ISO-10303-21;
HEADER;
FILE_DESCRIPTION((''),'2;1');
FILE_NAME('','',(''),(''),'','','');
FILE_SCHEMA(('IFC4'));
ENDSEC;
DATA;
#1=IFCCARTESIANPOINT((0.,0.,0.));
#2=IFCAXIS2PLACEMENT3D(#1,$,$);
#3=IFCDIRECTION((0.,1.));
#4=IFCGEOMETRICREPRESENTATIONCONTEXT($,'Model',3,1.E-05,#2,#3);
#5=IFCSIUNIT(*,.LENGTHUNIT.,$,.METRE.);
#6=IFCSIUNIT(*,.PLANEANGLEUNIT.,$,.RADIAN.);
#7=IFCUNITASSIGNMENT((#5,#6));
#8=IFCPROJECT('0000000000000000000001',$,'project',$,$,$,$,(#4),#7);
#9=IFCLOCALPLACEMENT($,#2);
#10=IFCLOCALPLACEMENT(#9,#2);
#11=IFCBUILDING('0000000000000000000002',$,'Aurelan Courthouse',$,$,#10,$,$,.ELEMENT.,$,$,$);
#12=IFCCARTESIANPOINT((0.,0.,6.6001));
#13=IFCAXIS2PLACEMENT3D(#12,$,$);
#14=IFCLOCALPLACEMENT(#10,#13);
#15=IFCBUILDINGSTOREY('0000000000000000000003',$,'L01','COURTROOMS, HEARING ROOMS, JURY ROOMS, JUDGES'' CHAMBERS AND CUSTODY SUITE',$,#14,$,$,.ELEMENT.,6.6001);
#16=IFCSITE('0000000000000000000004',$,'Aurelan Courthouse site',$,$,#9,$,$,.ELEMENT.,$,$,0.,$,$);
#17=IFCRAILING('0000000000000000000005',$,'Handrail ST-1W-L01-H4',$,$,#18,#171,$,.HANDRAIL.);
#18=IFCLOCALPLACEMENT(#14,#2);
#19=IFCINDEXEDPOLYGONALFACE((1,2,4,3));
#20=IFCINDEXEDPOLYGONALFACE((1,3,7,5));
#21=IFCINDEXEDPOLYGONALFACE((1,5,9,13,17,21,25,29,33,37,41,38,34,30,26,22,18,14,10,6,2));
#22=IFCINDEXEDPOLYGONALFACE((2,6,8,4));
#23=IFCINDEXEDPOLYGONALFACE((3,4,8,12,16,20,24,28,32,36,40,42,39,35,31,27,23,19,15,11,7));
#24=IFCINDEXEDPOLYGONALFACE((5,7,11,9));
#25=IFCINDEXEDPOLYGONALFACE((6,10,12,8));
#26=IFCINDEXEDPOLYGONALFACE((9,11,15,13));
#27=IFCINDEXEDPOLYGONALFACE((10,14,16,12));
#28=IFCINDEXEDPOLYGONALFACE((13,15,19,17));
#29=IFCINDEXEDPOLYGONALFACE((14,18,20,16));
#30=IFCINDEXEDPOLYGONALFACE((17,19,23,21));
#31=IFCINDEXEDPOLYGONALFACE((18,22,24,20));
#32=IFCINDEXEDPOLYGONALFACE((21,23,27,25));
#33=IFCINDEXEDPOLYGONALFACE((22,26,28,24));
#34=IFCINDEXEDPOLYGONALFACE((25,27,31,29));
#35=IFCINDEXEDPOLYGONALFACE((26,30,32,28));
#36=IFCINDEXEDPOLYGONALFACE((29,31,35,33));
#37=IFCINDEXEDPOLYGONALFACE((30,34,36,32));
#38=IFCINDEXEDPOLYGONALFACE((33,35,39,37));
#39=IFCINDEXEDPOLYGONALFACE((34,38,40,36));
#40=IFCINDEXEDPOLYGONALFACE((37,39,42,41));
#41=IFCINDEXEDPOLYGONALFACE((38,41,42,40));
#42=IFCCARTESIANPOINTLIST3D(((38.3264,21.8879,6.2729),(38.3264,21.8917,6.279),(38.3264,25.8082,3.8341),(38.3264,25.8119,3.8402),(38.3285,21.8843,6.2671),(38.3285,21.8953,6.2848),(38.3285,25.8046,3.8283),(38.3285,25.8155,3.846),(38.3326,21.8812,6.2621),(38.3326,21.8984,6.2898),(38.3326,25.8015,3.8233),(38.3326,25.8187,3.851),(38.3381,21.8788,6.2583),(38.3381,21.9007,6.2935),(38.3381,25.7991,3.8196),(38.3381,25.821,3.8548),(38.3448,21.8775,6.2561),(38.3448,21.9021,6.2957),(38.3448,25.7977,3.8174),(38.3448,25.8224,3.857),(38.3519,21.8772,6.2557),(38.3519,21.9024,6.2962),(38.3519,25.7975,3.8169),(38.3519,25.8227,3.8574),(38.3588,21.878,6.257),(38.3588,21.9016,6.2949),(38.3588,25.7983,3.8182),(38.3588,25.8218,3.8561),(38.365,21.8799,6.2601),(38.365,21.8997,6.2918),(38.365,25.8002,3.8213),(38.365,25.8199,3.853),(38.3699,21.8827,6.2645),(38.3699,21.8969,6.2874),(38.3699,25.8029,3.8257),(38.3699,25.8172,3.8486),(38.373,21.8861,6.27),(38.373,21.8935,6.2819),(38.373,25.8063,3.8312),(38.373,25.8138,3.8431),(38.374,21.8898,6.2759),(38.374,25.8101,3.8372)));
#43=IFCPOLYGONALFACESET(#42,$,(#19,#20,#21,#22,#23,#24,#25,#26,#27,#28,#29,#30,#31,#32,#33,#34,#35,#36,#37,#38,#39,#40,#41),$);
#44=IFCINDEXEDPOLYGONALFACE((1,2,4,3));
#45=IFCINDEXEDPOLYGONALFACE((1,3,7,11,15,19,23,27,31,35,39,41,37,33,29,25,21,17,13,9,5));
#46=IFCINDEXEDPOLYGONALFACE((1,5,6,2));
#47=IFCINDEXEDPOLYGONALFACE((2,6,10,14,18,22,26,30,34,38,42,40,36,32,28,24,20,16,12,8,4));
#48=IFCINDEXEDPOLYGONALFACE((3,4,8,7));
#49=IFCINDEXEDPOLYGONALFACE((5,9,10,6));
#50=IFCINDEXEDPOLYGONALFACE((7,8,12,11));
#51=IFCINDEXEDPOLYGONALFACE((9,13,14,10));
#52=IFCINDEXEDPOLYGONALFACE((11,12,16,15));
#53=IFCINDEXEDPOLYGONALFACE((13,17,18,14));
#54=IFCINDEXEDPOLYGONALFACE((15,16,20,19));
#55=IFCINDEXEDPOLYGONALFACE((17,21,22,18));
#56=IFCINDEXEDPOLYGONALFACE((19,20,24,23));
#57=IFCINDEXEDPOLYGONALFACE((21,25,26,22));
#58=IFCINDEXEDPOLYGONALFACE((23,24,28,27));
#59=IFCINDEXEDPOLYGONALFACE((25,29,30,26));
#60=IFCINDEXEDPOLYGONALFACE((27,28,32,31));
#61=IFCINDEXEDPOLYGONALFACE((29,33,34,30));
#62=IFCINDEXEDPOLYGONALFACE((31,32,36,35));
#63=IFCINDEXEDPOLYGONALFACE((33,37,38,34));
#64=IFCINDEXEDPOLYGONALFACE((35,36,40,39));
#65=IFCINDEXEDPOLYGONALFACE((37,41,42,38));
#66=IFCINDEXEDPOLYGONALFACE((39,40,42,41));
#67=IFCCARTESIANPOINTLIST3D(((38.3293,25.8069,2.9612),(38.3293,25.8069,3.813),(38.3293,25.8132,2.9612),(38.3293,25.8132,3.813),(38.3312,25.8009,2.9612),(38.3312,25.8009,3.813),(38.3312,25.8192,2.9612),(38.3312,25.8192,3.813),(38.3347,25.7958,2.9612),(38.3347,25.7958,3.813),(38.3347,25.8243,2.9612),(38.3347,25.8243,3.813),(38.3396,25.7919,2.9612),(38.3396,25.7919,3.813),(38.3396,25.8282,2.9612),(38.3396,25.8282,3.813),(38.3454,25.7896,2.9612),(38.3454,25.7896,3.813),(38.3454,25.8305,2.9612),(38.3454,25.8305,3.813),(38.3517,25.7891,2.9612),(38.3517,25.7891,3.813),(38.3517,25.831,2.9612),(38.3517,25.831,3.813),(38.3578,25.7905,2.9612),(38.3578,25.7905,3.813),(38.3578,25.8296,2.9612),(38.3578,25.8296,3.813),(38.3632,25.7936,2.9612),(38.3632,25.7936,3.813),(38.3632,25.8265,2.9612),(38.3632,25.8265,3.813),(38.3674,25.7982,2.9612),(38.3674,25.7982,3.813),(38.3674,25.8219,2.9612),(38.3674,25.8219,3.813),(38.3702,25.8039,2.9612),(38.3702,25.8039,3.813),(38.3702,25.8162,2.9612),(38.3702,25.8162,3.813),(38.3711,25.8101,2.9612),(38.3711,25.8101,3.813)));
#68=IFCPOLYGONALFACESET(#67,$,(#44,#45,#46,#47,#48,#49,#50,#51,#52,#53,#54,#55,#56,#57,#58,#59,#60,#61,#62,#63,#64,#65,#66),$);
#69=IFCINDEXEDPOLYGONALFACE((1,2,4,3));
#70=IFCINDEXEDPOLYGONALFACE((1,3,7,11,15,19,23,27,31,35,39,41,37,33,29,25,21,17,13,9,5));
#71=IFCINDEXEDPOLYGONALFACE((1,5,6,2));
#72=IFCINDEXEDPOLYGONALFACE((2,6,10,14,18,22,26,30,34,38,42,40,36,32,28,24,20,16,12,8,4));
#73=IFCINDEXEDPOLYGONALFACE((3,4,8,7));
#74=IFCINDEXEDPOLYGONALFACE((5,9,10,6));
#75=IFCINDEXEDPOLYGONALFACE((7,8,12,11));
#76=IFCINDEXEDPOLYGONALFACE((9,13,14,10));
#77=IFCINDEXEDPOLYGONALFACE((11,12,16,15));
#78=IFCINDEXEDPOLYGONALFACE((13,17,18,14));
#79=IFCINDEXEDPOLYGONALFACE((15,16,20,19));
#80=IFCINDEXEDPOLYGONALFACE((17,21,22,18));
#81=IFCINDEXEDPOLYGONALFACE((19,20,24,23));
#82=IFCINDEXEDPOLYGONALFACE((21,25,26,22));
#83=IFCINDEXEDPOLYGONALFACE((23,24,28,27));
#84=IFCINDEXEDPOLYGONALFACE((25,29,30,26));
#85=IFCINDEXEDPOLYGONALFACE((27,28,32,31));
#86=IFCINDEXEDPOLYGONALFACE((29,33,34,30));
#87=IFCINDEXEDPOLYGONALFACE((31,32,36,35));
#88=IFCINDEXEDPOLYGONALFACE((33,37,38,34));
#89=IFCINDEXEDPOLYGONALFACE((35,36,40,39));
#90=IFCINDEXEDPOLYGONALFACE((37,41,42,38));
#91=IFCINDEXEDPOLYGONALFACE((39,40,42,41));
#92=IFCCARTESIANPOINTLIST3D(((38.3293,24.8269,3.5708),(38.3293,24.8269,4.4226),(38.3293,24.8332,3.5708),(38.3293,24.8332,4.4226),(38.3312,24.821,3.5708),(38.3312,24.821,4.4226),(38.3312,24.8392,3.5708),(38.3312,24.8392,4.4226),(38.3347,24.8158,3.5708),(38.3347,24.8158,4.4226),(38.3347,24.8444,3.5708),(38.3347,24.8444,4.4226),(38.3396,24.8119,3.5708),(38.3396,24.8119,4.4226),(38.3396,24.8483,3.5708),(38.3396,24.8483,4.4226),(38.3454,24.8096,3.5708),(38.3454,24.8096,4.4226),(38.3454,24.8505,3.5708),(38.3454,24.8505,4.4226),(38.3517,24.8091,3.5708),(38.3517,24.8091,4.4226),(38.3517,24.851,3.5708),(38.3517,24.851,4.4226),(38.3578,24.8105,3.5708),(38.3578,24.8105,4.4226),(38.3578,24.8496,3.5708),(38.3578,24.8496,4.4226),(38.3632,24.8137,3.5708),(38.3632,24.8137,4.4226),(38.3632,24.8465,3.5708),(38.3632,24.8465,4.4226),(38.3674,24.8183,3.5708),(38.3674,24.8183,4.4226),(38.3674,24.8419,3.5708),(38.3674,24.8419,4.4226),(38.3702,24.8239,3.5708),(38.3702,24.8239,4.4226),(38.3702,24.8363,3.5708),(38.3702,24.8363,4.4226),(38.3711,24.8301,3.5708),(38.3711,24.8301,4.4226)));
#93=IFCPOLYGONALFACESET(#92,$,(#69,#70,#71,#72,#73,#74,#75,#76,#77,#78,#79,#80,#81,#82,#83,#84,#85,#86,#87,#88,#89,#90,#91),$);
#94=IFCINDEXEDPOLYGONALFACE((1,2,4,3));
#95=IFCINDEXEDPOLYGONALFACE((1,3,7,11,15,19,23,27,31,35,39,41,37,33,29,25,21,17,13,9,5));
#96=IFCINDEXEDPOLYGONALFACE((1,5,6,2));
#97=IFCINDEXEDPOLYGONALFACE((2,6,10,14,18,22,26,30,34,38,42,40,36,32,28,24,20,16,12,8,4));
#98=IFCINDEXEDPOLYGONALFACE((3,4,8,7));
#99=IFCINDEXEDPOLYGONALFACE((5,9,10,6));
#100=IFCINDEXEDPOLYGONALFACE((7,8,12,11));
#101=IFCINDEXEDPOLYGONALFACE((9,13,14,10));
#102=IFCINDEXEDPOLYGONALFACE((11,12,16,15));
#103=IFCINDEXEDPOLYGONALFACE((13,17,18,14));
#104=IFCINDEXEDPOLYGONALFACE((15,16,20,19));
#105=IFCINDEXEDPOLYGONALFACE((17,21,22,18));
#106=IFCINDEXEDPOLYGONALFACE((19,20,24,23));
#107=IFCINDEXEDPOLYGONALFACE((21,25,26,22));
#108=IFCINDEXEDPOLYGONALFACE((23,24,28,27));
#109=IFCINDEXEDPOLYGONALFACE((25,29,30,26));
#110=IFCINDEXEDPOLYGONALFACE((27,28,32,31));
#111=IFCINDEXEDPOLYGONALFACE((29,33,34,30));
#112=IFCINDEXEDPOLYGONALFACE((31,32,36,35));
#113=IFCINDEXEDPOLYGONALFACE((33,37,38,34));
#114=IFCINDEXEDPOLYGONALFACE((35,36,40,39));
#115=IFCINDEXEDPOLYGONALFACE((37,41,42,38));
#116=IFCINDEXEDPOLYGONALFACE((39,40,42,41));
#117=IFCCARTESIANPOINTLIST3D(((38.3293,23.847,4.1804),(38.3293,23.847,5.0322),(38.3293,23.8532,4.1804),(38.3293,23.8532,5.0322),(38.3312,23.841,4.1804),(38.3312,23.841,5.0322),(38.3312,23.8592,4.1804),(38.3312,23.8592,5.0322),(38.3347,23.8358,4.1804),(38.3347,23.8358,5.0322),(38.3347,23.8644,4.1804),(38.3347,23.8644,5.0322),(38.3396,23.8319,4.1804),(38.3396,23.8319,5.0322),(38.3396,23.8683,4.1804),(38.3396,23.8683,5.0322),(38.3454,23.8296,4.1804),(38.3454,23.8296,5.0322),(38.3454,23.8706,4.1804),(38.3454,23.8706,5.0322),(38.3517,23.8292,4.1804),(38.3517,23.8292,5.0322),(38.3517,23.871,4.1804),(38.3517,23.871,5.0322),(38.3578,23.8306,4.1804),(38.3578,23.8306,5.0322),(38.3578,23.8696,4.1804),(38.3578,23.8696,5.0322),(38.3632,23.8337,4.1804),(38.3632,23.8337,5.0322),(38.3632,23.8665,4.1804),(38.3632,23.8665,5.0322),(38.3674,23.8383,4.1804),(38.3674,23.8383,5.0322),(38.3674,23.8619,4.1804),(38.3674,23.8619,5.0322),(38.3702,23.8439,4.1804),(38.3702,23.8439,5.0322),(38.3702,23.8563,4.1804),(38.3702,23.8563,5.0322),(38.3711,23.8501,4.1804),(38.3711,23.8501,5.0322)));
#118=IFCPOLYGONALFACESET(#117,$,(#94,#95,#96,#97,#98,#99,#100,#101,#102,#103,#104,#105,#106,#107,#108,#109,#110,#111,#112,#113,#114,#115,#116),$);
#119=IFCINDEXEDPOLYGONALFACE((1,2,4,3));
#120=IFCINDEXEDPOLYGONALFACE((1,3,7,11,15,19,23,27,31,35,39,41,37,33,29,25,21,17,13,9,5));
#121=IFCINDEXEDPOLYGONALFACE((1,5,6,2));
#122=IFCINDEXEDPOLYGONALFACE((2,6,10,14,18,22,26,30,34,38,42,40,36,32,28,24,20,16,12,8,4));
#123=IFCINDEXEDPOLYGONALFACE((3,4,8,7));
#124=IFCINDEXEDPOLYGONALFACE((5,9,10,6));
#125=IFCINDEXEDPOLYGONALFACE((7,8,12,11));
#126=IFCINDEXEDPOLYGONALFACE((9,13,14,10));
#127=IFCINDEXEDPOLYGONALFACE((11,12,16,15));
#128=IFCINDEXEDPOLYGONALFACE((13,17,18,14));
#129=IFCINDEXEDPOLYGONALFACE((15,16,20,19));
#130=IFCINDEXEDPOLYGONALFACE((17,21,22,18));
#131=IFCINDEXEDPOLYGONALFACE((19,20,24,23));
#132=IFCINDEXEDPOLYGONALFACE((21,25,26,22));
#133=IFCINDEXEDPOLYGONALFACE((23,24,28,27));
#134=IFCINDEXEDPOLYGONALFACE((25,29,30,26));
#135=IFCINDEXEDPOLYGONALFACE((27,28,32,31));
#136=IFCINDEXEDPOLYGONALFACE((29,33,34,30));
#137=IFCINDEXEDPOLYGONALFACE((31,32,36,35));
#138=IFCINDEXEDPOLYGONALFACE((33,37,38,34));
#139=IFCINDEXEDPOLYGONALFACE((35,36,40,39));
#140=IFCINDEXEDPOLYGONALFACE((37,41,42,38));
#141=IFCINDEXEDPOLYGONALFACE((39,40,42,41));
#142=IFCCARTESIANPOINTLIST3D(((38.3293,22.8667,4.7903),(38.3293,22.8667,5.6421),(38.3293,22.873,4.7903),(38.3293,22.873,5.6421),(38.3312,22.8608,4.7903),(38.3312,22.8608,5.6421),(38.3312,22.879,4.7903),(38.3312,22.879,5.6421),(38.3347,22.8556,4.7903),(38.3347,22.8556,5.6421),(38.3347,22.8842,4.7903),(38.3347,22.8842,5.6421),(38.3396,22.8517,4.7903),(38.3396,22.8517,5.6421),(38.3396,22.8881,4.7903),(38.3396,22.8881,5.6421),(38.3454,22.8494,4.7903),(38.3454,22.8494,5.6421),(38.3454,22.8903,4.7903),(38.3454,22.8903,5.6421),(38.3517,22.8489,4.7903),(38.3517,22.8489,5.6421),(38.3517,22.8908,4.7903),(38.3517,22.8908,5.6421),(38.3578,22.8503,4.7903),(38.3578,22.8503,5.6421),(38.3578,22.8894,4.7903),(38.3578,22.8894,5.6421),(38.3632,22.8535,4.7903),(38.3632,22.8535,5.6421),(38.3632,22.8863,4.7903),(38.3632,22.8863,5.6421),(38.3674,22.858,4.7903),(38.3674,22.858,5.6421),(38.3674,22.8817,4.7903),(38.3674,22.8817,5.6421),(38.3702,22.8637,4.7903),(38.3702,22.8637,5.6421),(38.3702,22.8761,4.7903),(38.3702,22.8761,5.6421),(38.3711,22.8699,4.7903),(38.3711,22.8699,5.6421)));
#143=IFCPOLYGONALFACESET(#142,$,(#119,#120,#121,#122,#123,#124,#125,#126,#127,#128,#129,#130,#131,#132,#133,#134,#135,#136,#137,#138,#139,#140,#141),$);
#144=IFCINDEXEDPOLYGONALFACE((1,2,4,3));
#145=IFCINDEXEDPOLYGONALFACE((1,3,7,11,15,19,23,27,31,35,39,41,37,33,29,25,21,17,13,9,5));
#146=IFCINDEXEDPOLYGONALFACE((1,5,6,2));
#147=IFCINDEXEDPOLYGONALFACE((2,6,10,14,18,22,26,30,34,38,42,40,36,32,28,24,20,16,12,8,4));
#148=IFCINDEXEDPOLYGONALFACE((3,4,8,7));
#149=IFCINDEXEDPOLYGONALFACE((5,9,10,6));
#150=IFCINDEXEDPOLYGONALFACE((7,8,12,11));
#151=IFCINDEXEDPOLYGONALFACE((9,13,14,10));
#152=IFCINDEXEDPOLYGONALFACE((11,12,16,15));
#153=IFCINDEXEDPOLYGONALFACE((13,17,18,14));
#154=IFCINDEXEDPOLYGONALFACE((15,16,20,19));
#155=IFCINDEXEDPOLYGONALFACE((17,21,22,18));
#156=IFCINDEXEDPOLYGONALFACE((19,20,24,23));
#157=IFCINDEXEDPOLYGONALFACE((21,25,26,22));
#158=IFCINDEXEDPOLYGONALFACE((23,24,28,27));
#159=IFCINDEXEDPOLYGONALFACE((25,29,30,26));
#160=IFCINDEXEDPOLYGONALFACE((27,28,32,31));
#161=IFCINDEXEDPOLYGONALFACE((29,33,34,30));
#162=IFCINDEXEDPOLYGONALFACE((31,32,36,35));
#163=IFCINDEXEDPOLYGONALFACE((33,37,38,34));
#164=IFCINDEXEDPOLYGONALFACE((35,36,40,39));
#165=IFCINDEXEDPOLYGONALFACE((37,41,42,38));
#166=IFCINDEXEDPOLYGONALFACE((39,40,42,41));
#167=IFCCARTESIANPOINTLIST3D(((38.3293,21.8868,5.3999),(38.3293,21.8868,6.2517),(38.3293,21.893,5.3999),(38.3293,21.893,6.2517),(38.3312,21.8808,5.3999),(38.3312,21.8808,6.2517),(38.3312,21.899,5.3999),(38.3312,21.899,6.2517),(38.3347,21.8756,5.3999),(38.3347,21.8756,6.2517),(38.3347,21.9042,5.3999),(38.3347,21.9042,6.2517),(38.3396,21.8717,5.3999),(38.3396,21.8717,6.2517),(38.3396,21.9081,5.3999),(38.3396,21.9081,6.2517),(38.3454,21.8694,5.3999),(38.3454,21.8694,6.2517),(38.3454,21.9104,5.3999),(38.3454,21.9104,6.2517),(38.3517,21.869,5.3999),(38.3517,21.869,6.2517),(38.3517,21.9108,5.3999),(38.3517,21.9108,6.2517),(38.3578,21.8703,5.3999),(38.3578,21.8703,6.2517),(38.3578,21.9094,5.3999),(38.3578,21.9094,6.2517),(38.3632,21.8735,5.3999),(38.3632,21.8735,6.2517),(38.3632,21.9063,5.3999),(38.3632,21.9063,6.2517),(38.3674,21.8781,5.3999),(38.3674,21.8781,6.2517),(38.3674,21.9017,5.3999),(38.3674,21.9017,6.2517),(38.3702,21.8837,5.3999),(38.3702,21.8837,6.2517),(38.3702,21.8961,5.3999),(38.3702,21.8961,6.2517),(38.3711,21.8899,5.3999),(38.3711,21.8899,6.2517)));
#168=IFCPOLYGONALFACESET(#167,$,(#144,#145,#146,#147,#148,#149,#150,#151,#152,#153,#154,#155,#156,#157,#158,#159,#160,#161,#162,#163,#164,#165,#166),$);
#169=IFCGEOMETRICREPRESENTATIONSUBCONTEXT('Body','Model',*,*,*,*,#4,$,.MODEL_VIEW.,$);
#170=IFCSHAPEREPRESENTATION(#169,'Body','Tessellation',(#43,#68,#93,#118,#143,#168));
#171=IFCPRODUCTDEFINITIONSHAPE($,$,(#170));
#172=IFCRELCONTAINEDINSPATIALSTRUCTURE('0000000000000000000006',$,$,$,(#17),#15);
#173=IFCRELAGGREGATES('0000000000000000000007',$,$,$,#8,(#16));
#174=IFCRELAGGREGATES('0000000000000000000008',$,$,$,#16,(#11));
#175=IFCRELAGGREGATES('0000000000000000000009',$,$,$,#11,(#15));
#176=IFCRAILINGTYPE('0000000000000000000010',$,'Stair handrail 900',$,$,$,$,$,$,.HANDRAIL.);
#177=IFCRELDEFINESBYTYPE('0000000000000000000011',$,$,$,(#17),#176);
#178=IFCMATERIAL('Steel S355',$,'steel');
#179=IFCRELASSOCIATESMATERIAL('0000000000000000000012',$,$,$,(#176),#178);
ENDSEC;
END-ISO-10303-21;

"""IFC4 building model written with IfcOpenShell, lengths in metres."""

from ifc_helpers import new_model, si_unit, direction, frame, origin, origin_2d, place, context, subcontext, project, spatial, circle, extrude, material, type_object, element, save


model = new_model("IFC4")

# Units and contexts
model_context = context("Model", 3, precision=1e-05, world=origin(), true_north=direction((0.0, 1.0)))
body_context = subcontext(model_context, "Body", "Model", "MODEL_VIEW")
ifc_project = project(units=[si_unit("LENGTHUNIT", "METRE"), si_unit("PLANEANGLEUNIT", "RADIAN")], contexts=[model_context])

# Site, building, storey
site_placement = place(None, origin())
site = spatial("IfcSite", under=ifc_project, at=site_placement, Name="Aurelan Courthouse site", CompositionType="ELEMENT", RefElevation=0.0)
building_placement = place(site_placement, origin())
building = spatial("IfcBuilding", under=site, at=building_placement, Name="Aurelan Courthouse", CompositionType="ELEMENT")
storey_placement = place(building_placement, frame((0.0, 0.0, 6.6001)))
storey = spatial("IfcBuildingStorey", under=building, at=storey_placement, Name="L01", Description="COURTROOMS, HEARING ROOMS, JURY ROOMS, JUDGES' CHAMBERS AND CUSTODY SUITE", CompositionType="ELEMENT", Elevation=6.6001)

# Railing
ifc_material_1 = material(Name="Steel S355", Category="steel")
railing_type_1 = type_object("IfcRailingType", Name="Stair handrail 900", PredefinedType="HANDRAIL", material=ifc_material_1)
for number, where, name in (
    (1, (38.3501, 25.8101, 2.9612), "Handrail ST-1W-L01-H4"),
):
    element("IfcRailing", number, at=place(storey_placement, frame(where)), inside=storey, type_object=railing_type_1, Name=name, PredefinedType="HANDRAIL", context=body_context, shape_type="SweptSolid", body=[
        extrude(circle(Radius=0.0239, at=origin_2d()), frame((0.0, 0.0, 0.876), z_axis=(0.0, -0.849105, 0.528225), x_axis=(1.0, 0.0, 0.0)), (0.0, 0.0, 1.0), 4.6169),
        extrude(circle(Radius=0.021, at=origin_2d()), origin(), (0.0, 0.0, 1.0), 0.8518),
        extrude(circle(Radius=0.021, at=origin_2d()), frame((0.0, -0.98, 0.6096)), (0.0, 0.0, 1.0), 0.8518),
        extrude(circle(Radius=0.021, at=origin_2d()), frame((0.0, -1.96, 1.2192)), (0.0, 0.0, 1.0), 0.8518),
        extrude(circle(Radius=0.021, at=origin_2d()), frame((0.0, -2.9402, 1.8291)), (0.0, 0.0, 1.0), 0.8518),
        extrude(circle(Radius=0.021, at=origin_2d()), frame((0.0, -3.9202, 2.4387)), (0.0, 0.0, 1.0), 0.8518),
    ])

save(model, "model.ifc")
